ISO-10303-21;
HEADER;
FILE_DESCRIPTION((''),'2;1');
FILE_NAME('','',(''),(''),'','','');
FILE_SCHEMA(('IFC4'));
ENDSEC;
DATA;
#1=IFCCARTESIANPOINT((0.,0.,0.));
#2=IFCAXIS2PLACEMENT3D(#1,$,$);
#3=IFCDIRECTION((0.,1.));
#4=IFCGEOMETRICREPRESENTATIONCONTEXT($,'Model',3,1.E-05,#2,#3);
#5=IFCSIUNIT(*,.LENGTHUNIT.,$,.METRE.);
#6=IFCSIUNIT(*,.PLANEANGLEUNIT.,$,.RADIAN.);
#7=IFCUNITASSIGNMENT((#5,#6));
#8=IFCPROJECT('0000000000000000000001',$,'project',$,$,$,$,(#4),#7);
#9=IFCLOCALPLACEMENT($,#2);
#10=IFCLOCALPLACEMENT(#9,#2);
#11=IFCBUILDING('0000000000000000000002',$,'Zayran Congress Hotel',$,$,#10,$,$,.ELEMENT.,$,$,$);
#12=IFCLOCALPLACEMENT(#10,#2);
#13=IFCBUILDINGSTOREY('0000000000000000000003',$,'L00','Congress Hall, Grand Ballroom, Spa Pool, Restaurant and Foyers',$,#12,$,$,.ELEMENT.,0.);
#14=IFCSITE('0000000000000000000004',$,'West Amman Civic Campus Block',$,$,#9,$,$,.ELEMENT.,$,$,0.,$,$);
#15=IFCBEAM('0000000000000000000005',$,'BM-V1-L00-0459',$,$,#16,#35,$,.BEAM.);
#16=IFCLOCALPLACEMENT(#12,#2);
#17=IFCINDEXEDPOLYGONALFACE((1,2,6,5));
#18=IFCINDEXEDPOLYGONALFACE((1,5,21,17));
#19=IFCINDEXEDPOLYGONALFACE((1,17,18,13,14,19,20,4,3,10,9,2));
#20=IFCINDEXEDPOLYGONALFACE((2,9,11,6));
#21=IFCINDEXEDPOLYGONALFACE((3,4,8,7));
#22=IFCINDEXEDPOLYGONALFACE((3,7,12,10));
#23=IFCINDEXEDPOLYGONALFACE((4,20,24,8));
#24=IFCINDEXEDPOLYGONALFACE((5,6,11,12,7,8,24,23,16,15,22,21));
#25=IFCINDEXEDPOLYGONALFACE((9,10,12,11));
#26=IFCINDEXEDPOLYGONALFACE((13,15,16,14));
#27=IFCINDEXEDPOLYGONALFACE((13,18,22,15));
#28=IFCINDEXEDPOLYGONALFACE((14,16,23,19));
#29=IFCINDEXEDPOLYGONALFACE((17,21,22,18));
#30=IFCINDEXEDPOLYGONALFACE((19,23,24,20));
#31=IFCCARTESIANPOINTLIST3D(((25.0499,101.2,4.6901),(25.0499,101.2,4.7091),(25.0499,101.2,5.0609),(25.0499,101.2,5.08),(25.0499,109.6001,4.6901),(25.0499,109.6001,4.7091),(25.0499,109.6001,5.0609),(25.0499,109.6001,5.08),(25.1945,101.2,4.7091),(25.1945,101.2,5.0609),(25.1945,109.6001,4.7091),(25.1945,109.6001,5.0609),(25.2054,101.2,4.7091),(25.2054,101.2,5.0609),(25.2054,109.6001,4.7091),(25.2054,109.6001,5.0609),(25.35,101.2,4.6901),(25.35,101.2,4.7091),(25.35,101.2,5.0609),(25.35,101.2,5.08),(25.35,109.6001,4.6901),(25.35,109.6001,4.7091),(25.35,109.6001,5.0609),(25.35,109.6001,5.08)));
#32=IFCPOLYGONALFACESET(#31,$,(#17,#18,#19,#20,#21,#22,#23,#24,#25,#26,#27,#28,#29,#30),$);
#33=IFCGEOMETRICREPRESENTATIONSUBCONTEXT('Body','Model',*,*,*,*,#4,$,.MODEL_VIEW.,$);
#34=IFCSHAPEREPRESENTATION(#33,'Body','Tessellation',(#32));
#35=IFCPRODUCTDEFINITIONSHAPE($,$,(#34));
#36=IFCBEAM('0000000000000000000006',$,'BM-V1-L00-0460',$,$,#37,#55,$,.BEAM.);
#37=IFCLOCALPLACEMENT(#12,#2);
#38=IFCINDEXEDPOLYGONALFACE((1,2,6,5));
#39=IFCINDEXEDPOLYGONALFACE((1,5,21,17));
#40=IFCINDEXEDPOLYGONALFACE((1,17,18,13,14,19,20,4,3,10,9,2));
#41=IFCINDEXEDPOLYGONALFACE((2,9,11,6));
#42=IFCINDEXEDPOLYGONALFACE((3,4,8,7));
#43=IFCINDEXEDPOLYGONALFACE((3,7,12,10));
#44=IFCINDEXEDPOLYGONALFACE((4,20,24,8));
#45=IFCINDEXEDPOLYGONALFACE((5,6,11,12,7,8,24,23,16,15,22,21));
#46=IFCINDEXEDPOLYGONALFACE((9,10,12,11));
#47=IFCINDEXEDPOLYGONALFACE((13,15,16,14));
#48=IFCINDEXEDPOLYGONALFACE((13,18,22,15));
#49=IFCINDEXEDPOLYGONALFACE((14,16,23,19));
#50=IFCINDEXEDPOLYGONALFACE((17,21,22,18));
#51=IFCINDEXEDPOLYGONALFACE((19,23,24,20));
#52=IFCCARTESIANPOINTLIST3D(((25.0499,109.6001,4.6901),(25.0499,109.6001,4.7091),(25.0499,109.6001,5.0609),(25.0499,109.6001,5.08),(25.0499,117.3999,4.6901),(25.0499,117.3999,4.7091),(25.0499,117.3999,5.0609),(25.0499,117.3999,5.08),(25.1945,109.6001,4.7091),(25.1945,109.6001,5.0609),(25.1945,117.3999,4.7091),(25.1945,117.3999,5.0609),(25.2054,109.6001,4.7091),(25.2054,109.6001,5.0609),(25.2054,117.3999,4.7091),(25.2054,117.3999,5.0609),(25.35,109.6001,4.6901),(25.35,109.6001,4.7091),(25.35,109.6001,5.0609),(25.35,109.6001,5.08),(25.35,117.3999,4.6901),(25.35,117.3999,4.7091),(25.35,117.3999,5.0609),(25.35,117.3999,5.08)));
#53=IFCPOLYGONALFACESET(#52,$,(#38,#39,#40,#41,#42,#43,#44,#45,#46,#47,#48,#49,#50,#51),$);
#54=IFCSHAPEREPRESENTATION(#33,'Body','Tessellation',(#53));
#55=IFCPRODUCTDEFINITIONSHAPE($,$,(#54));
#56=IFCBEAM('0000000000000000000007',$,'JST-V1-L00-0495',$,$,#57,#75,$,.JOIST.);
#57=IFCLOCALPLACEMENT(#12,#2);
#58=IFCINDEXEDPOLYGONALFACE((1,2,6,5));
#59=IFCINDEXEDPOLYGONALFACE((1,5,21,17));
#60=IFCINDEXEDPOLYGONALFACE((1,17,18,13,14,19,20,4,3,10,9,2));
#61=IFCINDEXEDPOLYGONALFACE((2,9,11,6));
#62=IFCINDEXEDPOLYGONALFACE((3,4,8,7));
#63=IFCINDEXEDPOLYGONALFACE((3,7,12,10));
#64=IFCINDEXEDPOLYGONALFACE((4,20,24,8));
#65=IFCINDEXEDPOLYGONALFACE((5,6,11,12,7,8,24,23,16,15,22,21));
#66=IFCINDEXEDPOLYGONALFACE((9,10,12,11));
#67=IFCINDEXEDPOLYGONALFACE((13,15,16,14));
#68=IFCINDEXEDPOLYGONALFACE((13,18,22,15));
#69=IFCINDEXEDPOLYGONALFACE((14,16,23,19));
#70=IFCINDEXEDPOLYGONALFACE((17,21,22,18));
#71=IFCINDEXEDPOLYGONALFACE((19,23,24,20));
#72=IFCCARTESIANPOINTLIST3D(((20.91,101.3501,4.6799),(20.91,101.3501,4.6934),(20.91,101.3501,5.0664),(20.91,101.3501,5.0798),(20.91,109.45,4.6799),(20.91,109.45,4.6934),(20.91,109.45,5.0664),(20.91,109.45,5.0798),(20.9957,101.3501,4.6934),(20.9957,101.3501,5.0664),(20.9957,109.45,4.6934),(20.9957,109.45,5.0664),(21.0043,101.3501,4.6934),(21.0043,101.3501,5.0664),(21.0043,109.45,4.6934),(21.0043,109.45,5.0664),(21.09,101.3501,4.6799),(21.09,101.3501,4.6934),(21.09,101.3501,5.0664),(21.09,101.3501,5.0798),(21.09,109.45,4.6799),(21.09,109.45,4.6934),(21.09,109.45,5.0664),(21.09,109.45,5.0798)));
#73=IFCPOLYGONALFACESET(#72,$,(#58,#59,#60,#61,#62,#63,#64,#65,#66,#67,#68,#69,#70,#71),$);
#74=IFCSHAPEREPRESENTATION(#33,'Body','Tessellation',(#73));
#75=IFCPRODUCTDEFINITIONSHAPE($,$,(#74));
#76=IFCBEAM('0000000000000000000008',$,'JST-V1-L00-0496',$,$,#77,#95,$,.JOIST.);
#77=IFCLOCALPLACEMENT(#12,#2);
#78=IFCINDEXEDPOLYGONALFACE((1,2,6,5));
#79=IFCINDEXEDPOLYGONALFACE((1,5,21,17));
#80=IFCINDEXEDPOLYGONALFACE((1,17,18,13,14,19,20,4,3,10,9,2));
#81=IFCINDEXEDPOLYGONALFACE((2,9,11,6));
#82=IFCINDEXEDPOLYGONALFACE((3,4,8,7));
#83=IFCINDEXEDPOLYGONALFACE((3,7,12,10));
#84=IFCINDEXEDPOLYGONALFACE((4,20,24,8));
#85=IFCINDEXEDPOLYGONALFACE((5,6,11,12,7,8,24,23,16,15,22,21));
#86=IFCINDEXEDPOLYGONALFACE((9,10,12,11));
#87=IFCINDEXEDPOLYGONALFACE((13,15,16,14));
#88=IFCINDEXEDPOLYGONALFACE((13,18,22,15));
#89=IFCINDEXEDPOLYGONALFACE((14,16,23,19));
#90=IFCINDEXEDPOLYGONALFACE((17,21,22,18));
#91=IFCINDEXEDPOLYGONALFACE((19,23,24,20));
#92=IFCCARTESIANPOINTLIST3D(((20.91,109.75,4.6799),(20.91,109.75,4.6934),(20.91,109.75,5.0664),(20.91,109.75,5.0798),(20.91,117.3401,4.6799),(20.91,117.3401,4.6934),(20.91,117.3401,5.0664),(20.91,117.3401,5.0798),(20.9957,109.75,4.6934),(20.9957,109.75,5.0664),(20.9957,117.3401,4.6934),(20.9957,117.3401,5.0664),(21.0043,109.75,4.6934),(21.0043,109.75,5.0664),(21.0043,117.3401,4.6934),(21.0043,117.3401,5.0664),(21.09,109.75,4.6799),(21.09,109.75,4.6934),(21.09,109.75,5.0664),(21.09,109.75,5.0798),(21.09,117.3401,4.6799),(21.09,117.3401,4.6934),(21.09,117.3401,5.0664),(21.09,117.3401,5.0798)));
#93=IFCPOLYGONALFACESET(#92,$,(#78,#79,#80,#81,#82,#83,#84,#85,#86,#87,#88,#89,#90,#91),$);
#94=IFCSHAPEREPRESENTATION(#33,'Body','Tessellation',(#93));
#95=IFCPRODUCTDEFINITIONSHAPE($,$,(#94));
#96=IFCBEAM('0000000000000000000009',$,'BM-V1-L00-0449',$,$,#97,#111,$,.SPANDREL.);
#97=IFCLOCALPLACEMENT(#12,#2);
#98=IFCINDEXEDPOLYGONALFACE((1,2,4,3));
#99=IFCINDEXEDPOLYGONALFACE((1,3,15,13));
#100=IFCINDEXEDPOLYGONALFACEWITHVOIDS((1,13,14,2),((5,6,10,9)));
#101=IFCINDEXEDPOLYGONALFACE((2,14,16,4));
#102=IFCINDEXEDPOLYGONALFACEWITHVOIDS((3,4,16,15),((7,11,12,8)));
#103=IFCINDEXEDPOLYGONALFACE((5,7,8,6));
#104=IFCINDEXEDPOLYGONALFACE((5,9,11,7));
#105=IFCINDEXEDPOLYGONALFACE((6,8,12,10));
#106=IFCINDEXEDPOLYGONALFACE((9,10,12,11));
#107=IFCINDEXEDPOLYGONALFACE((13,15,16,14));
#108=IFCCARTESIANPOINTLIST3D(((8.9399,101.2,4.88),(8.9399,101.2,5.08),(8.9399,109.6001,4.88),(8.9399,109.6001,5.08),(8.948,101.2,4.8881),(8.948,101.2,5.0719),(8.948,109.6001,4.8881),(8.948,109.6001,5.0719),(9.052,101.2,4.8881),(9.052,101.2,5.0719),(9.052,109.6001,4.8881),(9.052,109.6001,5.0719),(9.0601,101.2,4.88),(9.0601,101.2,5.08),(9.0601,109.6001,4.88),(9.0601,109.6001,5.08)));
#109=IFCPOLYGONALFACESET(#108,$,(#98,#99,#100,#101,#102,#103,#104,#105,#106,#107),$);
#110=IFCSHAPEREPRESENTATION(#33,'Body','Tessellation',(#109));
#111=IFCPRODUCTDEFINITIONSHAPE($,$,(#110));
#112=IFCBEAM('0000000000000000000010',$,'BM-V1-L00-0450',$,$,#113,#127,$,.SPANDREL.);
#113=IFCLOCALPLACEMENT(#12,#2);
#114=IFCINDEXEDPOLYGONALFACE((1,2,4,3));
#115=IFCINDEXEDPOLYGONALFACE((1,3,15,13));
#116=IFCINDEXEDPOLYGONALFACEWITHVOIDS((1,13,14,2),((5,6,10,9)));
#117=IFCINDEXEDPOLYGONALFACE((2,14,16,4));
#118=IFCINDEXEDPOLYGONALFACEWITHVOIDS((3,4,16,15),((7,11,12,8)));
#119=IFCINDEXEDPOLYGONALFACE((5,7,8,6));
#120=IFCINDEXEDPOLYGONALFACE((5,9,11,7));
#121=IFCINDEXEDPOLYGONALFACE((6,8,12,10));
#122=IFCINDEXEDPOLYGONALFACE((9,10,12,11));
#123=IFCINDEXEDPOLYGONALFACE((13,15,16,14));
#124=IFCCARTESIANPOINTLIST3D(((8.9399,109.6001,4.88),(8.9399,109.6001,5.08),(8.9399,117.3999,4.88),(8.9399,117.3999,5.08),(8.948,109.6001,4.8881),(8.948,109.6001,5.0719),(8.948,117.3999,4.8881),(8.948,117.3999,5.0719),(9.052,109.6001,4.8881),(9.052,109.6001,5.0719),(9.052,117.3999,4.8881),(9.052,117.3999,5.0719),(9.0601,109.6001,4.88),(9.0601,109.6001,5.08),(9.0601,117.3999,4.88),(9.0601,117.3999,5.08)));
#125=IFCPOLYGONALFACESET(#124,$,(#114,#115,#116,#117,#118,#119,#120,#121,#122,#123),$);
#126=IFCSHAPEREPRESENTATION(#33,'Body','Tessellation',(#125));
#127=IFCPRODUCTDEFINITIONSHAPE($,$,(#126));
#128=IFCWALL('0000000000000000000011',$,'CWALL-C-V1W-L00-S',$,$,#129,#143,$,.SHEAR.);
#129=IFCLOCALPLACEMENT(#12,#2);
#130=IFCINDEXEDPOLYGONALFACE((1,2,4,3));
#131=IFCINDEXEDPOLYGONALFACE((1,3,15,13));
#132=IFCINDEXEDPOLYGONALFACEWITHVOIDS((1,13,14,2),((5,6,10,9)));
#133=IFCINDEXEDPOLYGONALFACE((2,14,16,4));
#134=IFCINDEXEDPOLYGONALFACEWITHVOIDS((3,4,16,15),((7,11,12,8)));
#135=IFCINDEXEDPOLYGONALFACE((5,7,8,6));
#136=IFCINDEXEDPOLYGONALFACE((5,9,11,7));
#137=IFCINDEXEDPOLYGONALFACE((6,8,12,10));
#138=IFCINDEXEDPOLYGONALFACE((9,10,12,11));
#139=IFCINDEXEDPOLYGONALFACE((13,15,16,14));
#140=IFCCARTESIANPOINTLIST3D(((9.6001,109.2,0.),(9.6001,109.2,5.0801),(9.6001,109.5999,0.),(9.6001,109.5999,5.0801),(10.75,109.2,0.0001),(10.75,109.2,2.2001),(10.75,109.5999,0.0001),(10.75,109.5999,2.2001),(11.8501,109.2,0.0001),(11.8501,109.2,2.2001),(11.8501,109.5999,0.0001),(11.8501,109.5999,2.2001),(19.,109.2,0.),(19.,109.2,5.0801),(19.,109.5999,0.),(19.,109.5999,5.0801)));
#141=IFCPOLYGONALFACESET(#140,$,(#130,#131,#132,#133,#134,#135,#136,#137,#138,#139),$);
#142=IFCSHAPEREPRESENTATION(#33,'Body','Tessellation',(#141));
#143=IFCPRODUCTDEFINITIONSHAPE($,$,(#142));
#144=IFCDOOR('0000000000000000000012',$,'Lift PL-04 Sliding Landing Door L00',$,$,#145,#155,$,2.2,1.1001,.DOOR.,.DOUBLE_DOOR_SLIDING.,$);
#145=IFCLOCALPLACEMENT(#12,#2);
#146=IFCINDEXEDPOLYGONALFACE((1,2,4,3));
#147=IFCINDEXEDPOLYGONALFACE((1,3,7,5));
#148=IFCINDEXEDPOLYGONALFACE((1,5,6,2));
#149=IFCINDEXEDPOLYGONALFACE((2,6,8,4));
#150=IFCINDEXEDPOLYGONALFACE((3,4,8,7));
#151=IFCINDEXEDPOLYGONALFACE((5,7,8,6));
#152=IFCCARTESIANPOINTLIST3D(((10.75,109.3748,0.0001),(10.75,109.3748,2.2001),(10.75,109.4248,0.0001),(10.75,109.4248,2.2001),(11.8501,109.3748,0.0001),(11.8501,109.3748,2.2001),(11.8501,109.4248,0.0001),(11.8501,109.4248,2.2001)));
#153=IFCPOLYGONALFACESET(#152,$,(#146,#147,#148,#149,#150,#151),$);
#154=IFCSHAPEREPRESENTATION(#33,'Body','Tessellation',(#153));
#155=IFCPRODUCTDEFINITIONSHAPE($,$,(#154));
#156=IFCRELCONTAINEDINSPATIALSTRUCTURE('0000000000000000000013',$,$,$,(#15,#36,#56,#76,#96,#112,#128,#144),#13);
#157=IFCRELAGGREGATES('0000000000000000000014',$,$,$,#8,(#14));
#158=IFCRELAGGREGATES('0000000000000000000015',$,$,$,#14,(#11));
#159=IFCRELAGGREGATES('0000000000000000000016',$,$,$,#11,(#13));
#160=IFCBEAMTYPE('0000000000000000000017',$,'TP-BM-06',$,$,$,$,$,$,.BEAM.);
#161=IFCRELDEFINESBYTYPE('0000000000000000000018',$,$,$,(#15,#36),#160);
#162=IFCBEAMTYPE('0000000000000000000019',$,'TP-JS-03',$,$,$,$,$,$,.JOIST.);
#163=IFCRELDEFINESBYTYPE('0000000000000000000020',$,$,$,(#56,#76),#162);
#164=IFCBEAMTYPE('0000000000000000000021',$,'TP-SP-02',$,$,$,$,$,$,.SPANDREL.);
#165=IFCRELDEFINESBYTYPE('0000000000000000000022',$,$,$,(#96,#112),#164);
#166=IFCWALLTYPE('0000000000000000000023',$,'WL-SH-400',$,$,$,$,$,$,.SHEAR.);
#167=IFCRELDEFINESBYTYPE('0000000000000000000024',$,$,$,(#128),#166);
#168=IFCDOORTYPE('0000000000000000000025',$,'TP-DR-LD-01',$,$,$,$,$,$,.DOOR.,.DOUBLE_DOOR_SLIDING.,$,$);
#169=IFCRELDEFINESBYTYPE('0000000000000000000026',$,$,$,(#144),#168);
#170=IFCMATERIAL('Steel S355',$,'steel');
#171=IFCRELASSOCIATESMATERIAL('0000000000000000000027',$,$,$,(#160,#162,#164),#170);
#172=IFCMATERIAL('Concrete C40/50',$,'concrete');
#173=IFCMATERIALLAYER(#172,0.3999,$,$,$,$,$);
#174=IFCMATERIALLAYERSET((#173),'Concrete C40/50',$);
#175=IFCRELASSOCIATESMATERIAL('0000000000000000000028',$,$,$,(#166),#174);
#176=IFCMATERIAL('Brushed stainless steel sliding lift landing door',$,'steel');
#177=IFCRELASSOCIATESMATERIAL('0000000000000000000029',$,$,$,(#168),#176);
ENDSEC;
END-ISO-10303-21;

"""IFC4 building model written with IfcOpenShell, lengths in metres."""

from ifc_helpers import new_model, si_unit, direction, frame, frame_2d, origin, origin_2d, place, context, subcontext, project, spatial, rectangle, hollow_rectangle, i_section, extrude, material, layer, layer_set, material_profile, profile_set, type_object, element, fill, save


model = new_model("IFC4")

# Units and contexts
model_context = context("Model", 3, precision=1e-05, world=origin(), true_north=direction((0.0, 1.0)))
body_context = subcontext(model_context, "Body", "Model", "MODEL_VIEW")
ifc_project = project(units=[si_unit("LENGTHUNIT", "METRE"), si_unit("PLANEANGLEUNIT", "RADIAN")], contexts=[model_context])

# Site, building, storey
site_placement = place(None, origin())
site = spatial("IfcSite", under=ifc_project, at=site_placement, Name="West Amman Civic Campus Block", CompositionType="ELEMENT", RefElevation=0.0)
building_placement = place(site_placement, origin())
building = spatial("IfcBuilding", under=site, at=building_placement, Name="Zayran Congress Hotel", CompositionType="ELEMENT")
storey_placement = place(building_placement, origin())
storey = spatial("IfcBuildingStorey", under=building, at=storey_placement, Name="L00", Description="Congress Hall, Grand Ballroom, Spa Pool, Restaurant and Foyers", CompositionType="ELEMENT", Elevation=0.0)

# Shared definitions
ifc_material_1 = material(Name="Concrete C40/50", Category="concrete")

# Beams
ifc_material_2 = material(Name="Steel S355", Category="steel")
ifc_material_profile_1 = material_profile(ifc_material_2, i_section(OverallWidth=0.3, OverallDepth=0.3899, WebThickness=0.011, FlangeThickness=0.019, at=origin_2d()), Name="HEA 400")
ifc_profile_set_1 = profile_set([ifc_material_profile_1], Name="Steel S355")
beam_type_1 = type_object("IfcBeamType", Name="TP-BM-06", PredefinedType="BEAM", material=ifc_profile_set_1)
for number, where, z_axis, x_axis, name in (
    (1, (25.2, 101.2, 4.885), (0.0, 1.0, 0.0), (-1.0, 0.0, 0.0), "BM-V1-L00-0459"),
):
    element("IfcBeam", number, at=place(storey_placement, frame(where, z_axis=z_axis, x_axis=x_axis)), inside=storey, type_object=beam_type_1, Name=name, PredefinedType="BEAM", context=body_context, shape_type="SweptSolid", body=[
        extrude(i_section(OverallWidth=0.3, OverallDepth=0.3899, WebThickness=0.011, FlangeThickness=0.019, at=origin_2d()), origin(), (0.0, 0.0, 1.0), 8.4001),
    ])
beam_1_placement = place(storey_placement, frame((25.2, 109.6001, 4.885), z_axis=(0.0, 1.0, 0.0), x_axis=(-1.0, 0.0, 0.0)))
element("IfcBeam", 2, at=beam_1_placement, inside=storey, type_object=beam_type_1, Name="BM-V1-L00-0460", PredefinedType="BEAM", context=body_context, shape_type="SweptSolid", body=[
    extrude(i_section(OverallWidth=0.3, OverallDepth=0.3899, WebThickness=0.011, FlangeThickness=0.019, at=origin_2d()), origin(), (0.0, 0.0, 1.0), 7.7998),
])
ifc_material_profile_2 = material_profile(ifc_material_2, i_section(OverallWidth=0.1799, OverallDepth=0.3999, WebThickness=0.0085, FlangeThickness=0.0134, at=origin_2d()), Name="IPE 400")
ifc_profile_set_2 = profile_set([ifc_material_profile_2], Name="Steel S355")
beam_type_2 = type_object("IfcBeamType", Name="TP-JS-03", PredefinedType="JOIST", material=ifc_profile_set_2)
beam_2_placement = place(storey_placement, frame((21.0, 101.3501, 4.8799), z_axis=(0.0, 1.0, 0.0), x_axis=(-1.0, 0.0, 0.0)))
element("IfcBeam", 3, at=beam_2_placement, inside=storey, type_object=beam_type_2, Name="JST-V1-L00-0495", PredefinedType="JOIST", context=body_context, shape_type="SweptSolid", body=[
    extrude(i_section(OverallWidth=0.1799, OverallDepth=0.3999, WebThickness=0.0085, FlangeThickness=0.0134, at=origin_2d()), origin(), (0.0, 0.0, 1.0), 8.0999),
])
beam_3_placement = place(storey_placement, frame((21.0, 109.75, 4.8799), z_axis=(0.0, 1.0, 0.0), x_axis=(-1.0, 0.0, 0.0)))
element("IfcBeam", 4, at=beam_3_placement, inside=storey, type_object=beam_type_2, Name="JST-V1-L00-0496", PredefinedType="JOIST", context=body_context, shape_type="SweptSolid", body=[
    extrude(i_section(OverallWidth=0.1799, OverallDepth=0.3999, WebThickness=0.0085, FlangeThickness=0.0134, at=origin_2d()), origin(), (0.0, 0.0, 1.0), 7.5901),
])
ifc_material_profile_3 = material_profile(ifc_material_2, hollow_rectangle(XDim=0.1201, YDim=0.2, WallThickness=0.0081, at=origin_2d()), Name="RHS 200x120x8")
ifc_profile_set_3 = profile_set([ifc_material_profile_3], Name="Steel S355")
beam_type_3 = type_object("IfcBeamType", Name="TP-SP-02", PredefinedType="SPANDREL", material=ifc_profile_set_3)
beam_4_placement = place(storey_placement, frame((9.0, 101.2, 4.98), z_axis=(0.0, 1.0, 0.0), x_axis=(-1.0, 0.0, 0.0)))
element("IfcBeam", 5, at=beam_4_placement, inside=storey, type_object=beam_type_3, Name="BM-V1-L00-0449", PredefinedType="SPANDREL", context=body_context, shape_type="SweptSolid", body=[
    extrude(hollow_rectangle(XDim=0.1201, YDim=0.2, WallThickness=0.0081, at=origin_2d()), origin(), (0.0, 0.0, 1.0), 8.4001),
])
beam_5_placement = place(storey_placement, frame((9.0, 109.6001, 4.98), z_axis=(0.0, 1.0, 0.0), x_axis=(-1.0, 0.0, 0.0)))
element("IfcBeam", 6, at=beam_5_placement, inside=storey, type_object=beam_type_3, Name="BM-V1-L00-0450", PredefinedType="SPANDREL", context=body_context, shape_type="SweptSolid", body=[
    extrude(hollow_rectangle(XDim=0.1201, YDim=0.2, WallThickness=0.0081, at=origin_2d()), origin(), (0.0, 0.0, 1.0), 7.7998),
])

# Wall, opening, door
ifc_layer_1 = layer(ifc_material_1, 0.3999)
ifc_layer_set_1 = layer_set([ifc_layer_1], Name="Concrete C40/50")
wall_type_1 = type_object("IfcWallType", Name="WL-SH-400", PredefinedType="SHEAR", material=ifc_layer_set_1)
wall_1_placement = place(storey_placement, frame((9.6001, 109.3999, 0.0), z_axis=(0.0, 0.0, 1.0), x_axis=(1.0, 0.0, 0.0)))
wall_1 = element("IfcWall", 7, at=wall_1_placement, inside=storey, type_object=wall_type_1, Name="CWALL-C-V1W-L00-S", PredefinedType="SHEAR", context=body_context, shape_type="SweptSolid", body=[
    extrude(rectangle(XDim=9.3999, YDim=0.3999, at=frame_2d((4.7, 0.0))), origin(), (0.0, 0.0, 1.0), 5.0801),
])
opening_1_placement = place(wall_1_placement, frame((1.1499, 0.0, 0.0)))
opening_1 = element("IfcOpeningElement", 8, at=opening_1_placement, cuts=wall_1, PredefinedType="OPENING", context=body_context, shape_type="SweptSolid", body=[
    extrude(rectangle(XDim=1.1001, YDim=2.2, at=frame_2d((0.55, 1.1001))), frame((0.0, 0.21, 0.0), z_axis=(0.0, -1.0, 0.0), x_axis=(1.0, 0.0, 0.0)), (0.0, 0.0, 1.0), 0.4199),
])
ifc_material_3 = material(Name="Brushed stainless steel sliding lift landing door", Category="steel")
door_type_1 = type_object("IfcDoorType", Name="TP-DR-LD-01", OperationType="DOUBLE_DOOR_SLIDING", PredefinedType="DOOR", material=ifc_material_3)
door_1_placement = place(opening_1_placement, origin())
door_1 = element("IfcDoor", 9, at=door_1_placement, inside=storey, type_object=door_type_1, Name="Lift PL-04 Sliding Landing Door L00", OperationType="DOUBLE_DOOR_SLIDING", OverallHeight=2.2, OverallWidth=1.1001, PredefinedType="DOOR", context=body_context, shape_type="SweptSolid", body=[
    extrude(rectangle(XDim=1.1001, YDim=2.2, at=frame_2d((0.55, 1.1001))), frame((0.0, 0.0249, 0.0), z_axis=(0.0, -1.0, 0.0), x_axis=(1.0, 0.0, 0.0)), (0.0, 0.0, 1.0), 0.05),
])
fill(opening_1, door_1)

save(model, "model.ifc")
